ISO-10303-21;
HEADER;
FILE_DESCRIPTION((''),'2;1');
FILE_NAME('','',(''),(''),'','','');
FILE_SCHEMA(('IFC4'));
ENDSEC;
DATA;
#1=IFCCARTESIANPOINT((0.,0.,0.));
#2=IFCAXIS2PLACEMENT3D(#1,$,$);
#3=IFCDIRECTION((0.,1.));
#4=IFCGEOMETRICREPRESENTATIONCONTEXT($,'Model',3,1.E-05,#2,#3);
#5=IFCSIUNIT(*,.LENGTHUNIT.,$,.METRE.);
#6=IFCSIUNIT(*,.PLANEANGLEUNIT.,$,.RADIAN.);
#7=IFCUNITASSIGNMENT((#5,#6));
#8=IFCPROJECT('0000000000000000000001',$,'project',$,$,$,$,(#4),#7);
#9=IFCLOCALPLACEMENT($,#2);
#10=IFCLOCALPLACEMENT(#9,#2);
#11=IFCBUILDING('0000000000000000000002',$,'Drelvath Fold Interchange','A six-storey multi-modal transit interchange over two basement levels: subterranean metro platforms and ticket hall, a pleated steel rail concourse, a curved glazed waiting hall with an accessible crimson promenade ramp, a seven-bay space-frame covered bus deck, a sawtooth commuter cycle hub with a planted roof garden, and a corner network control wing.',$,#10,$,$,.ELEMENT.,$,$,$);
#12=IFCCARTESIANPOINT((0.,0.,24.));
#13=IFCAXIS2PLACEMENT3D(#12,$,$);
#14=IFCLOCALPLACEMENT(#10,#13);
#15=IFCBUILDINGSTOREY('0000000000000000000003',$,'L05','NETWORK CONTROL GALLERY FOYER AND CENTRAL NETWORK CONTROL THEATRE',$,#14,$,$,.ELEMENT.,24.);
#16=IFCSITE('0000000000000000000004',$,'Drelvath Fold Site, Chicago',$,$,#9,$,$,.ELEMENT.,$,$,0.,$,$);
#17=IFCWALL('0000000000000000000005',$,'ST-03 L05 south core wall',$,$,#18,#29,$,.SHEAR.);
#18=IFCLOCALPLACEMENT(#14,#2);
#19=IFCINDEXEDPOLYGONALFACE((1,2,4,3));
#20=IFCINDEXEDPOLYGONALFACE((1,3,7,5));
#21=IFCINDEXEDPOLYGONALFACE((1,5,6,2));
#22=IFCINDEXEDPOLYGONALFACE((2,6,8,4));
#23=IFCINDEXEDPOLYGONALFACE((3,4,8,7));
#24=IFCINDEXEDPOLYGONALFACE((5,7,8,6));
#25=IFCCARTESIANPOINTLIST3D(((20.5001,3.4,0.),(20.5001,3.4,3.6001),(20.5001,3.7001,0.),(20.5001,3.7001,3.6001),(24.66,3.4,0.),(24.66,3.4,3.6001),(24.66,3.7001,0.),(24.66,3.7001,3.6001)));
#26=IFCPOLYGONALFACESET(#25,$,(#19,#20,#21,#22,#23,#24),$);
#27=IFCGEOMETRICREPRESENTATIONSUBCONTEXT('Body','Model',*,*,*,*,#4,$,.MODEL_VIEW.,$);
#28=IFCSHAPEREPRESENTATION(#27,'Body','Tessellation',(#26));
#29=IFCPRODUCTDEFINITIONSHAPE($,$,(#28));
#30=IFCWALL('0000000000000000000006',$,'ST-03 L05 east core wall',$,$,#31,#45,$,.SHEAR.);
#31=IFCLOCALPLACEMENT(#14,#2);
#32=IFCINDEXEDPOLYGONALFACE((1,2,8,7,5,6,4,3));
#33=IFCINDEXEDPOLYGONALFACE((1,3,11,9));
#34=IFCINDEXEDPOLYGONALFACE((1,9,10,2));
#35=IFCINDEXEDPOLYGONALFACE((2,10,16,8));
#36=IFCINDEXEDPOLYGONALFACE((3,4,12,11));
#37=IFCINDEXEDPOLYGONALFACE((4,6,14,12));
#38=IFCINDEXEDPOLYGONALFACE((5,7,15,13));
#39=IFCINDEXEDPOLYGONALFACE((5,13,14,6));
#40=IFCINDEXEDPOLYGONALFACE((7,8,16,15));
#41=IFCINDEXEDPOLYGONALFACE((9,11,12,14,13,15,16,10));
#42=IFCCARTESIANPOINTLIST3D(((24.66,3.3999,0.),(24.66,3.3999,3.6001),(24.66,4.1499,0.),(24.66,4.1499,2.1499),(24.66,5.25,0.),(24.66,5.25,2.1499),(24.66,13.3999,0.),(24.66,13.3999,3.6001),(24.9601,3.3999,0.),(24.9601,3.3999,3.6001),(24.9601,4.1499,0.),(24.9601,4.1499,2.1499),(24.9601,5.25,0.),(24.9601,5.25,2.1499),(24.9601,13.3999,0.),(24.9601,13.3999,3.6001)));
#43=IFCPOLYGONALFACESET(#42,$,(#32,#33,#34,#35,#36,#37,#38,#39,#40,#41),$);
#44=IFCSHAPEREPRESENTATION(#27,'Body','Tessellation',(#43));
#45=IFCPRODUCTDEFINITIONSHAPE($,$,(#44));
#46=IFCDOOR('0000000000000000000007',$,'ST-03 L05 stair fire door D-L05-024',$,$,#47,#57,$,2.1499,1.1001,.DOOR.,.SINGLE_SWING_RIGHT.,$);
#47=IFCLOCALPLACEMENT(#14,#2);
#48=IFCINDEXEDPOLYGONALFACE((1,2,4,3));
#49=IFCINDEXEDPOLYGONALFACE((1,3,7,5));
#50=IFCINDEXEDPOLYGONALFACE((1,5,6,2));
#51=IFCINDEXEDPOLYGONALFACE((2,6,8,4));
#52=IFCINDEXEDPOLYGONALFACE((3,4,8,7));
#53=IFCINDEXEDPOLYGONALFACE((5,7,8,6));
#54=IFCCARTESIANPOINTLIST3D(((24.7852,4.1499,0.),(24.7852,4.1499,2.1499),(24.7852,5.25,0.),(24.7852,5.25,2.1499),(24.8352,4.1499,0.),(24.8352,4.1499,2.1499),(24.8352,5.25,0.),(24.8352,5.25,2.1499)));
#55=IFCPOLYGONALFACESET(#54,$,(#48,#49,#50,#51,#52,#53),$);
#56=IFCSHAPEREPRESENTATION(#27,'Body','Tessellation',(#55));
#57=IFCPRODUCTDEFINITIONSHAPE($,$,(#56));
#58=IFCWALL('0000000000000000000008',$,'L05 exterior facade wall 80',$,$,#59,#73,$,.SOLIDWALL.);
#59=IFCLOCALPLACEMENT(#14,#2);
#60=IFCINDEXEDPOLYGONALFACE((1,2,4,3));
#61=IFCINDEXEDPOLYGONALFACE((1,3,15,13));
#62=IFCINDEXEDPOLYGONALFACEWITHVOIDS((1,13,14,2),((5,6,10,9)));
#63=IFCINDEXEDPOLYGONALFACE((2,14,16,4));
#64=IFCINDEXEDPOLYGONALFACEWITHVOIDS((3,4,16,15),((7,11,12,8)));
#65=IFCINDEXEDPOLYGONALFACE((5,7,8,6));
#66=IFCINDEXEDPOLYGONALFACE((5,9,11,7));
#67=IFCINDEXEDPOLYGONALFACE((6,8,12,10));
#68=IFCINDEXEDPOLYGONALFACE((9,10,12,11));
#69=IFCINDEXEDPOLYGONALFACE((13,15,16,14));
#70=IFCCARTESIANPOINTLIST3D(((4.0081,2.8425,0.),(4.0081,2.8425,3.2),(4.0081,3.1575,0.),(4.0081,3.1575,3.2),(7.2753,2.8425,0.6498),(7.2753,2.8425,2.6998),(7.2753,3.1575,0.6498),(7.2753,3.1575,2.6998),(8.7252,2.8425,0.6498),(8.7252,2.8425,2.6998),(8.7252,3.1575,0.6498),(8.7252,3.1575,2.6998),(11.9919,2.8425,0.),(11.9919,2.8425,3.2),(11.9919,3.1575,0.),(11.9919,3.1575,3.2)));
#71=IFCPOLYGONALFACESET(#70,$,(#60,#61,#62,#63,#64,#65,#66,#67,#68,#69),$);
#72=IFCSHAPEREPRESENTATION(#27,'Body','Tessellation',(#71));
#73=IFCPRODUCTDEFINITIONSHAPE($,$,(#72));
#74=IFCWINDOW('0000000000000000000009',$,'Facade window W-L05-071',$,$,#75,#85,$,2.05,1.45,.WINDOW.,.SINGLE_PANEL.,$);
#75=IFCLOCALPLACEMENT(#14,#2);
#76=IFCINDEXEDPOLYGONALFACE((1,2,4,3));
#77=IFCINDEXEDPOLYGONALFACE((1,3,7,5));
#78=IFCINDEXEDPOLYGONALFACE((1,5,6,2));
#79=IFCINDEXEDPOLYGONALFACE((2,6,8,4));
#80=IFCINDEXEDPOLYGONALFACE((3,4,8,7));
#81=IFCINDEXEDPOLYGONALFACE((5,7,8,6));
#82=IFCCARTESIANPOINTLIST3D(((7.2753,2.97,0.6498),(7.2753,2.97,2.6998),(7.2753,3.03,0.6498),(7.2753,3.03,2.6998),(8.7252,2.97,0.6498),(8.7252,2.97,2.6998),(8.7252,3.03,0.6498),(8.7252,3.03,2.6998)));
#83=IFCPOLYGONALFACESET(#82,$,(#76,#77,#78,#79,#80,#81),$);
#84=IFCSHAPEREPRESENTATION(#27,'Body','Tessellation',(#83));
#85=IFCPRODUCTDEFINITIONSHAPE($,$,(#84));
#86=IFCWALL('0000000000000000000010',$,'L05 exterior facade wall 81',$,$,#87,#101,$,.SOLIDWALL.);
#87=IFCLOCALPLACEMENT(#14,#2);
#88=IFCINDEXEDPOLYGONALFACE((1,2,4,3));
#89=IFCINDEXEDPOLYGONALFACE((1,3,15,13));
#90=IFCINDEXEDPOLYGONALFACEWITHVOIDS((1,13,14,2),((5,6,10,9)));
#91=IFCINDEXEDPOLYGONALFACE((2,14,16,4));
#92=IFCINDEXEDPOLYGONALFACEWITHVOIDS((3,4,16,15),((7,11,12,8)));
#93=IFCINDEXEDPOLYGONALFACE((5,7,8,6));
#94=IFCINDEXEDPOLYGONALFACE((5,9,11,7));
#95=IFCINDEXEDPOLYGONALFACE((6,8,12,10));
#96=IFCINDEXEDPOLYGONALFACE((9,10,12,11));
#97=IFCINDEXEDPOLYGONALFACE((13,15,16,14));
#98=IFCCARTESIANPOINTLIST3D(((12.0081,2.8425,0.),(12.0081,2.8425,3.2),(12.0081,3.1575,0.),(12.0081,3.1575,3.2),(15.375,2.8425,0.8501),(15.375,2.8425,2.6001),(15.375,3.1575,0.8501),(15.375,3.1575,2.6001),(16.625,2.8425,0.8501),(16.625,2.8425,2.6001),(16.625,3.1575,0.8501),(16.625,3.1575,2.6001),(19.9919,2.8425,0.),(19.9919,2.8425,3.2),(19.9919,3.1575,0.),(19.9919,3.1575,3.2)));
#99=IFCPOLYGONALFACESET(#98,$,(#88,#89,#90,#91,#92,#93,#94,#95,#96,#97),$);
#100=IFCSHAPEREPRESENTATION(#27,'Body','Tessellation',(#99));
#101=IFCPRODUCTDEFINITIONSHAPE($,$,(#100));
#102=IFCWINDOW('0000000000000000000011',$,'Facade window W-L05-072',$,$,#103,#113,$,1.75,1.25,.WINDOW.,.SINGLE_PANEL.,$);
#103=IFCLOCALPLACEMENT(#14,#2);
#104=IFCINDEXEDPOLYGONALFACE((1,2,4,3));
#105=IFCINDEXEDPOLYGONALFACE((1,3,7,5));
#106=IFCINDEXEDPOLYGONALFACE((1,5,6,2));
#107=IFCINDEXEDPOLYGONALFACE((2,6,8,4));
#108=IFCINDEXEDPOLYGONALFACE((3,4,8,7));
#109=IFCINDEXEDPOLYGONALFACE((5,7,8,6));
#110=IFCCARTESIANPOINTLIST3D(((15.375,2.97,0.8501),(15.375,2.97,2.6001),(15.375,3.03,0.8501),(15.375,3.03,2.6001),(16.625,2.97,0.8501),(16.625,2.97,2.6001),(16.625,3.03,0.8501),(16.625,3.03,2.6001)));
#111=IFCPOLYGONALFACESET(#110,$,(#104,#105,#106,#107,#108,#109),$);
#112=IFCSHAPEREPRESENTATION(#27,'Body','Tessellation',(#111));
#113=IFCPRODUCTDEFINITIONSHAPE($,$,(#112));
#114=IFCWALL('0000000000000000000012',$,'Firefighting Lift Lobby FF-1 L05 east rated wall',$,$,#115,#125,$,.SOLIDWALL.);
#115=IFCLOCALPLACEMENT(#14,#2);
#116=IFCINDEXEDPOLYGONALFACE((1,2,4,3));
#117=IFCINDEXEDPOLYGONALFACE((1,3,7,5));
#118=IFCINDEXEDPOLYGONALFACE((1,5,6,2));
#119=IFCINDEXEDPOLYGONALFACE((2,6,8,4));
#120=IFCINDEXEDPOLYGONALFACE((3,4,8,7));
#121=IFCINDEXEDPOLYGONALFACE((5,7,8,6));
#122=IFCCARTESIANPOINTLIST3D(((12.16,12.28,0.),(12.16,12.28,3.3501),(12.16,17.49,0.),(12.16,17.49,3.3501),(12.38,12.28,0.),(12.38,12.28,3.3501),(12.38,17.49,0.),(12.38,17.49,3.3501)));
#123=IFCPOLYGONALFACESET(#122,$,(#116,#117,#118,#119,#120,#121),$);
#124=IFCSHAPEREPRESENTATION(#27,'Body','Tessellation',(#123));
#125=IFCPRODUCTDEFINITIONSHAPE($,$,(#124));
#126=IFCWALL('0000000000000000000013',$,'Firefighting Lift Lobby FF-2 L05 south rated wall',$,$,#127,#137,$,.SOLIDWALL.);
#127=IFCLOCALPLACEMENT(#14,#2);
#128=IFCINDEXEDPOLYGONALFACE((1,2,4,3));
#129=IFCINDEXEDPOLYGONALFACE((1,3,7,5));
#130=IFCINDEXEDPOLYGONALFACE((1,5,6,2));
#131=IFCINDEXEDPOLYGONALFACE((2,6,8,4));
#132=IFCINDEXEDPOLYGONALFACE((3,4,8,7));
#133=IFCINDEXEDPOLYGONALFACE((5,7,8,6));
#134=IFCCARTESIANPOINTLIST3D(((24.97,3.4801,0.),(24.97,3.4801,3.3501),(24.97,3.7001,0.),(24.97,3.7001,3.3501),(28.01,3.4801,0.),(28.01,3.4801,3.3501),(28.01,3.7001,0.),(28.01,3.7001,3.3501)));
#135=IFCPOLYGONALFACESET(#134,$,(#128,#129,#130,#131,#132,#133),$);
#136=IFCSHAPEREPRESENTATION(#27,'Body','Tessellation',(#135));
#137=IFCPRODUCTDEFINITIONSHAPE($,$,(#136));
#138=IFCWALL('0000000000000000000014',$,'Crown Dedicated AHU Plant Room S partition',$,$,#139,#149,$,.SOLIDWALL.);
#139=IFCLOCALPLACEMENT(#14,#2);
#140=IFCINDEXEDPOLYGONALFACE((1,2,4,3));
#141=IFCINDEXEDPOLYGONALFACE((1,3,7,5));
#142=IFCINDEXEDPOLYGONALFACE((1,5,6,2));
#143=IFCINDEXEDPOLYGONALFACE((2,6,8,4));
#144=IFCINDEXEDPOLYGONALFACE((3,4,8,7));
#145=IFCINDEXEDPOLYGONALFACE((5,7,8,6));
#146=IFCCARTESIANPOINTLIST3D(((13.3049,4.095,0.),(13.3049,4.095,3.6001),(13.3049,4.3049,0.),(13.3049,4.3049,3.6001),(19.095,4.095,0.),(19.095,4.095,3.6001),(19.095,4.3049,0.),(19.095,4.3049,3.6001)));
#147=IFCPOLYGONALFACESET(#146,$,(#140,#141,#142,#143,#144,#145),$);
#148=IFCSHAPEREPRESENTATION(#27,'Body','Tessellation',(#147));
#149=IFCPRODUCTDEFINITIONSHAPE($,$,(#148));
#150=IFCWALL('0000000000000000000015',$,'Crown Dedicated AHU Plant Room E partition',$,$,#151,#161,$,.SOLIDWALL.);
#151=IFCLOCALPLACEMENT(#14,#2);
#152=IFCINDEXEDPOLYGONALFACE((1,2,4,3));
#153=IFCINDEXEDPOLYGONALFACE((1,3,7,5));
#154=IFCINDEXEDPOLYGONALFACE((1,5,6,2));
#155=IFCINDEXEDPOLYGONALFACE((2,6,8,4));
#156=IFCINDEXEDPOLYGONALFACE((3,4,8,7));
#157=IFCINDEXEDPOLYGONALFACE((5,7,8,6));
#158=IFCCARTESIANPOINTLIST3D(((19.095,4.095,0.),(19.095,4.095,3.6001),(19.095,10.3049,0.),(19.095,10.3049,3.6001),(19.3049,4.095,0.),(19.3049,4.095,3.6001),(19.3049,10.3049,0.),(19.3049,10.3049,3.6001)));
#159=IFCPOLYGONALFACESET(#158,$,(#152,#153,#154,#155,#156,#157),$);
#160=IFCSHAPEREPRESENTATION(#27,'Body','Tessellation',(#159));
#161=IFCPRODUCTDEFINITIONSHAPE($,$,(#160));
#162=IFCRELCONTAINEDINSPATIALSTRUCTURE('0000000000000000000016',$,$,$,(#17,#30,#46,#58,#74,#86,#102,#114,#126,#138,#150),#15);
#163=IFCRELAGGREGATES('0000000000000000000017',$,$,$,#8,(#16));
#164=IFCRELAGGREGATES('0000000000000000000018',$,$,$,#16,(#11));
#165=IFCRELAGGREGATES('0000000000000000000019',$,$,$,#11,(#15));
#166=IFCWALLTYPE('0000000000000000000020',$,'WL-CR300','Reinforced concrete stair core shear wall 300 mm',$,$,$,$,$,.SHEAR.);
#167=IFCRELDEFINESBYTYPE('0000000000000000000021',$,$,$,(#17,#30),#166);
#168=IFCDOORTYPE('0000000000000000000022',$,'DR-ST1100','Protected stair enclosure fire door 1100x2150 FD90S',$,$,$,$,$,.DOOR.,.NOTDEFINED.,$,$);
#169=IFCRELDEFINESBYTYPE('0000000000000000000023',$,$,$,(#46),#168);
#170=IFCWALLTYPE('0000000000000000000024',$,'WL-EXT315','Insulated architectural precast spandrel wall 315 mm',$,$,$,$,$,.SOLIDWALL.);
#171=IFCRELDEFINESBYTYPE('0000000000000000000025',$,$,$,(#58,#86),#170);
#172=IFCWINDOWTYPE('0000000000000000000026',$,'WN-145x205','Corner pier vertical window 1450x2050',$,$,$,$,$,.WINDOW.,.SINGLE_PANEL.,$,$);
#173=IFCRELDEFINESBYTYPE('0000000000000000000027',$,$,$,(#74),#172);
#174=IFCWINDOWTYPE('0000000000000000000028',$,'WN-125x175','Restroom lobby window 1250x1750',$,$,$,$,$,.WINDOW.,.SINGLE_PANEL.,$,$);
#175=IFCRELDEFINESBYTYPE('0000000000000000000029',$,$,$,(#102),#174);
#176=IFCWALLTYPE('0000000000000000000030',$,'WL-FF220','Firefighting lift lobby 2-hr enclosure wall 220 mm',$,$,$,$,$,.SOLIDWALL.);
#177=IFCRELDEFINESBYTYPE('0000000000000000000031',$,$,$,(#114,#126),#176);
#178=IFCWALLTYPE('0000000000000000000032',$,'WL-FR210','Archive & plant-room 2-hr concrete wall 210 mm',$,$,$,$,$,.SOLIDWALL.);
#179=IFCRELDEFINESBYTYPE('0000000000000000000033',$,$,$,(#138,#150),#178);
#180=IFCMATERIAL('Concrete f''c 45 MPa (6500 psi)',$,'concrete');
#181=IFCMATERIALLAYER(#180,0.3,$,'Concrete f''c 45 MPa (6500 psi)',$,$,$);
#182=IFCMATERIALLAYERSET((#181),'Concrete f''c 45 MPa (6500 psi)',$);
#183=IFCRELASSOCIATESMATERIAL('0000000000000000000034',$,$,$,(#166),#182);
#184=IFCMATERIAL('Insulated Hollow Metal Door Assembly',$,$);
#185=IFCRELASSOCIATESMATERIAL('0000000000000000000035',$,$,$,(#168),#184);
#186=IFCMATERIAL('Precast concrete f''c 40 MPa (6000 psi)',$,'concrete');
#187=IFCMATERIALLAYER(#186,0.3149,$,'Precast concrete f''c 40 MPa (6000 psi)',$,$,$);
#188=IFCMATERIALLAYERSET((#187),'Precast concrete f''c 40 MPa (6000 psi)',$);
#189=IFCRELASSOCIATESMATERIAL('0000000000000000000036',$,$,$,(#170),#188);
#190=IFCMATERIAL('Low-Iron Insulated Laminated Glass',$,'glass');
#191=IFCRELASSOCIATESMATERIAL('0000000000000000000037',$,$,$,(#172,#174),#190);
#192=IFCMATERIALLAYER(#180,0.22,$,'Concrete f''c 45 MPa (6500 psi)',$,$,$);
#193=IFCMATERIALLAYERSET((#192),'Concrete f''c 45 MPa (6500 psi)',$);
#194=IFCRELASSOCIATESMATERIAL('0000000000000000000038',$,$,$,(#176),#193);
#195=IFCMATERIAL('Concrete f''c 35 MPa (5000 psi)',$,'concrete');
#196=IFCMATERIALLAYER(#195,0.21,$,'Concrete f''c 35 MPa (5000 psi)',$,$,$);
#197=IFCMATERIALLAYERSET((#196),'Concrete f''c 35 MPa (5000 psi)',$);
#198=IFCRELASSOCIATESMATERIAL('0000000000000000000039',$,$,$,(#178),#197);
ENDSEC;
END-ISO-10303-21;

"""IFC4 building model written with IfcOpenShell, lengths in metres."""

from ifc_helpers import new_model, si_unit, direction, frame, frame_2d, origin, place, context, subcontext, project, spatial, rectangle, extrude, material, layer, layer_set, type_object, element, fill, save


model = new_model("IFC4")

# Units and contexts
model_context = context("Model", 3, precision=1e-05, world=origin(), true_north=direction((0.0, 1.0)))
body_context = subcontext(model_context, "Body", "Model", "MODEL_VIEW")
ifc_project = project(units=[si_unit("LENGTHUNIT", "METRE"), si_unit("PLANEANGLEUNIT", "RADIAN")], contexts=[model_context])

# Site, building, storey
site_placement = place(None, origin())
site = spatial("IfcSite", under=ifc_project, at=site_placement, Name="Drelvath Fold Site, Chicago", CompositionType="ELEMENT", RefElevation=0.0)
building_placement = place(site_placement, origin())
building = spatial("IfcBuilding", under=site, at=building_placement, Name="Drelvath Fold Interchange", Description="A six-storey multi-modal transit interchange over two basement levels: subterranean metro platforms and ticket hall, a pleated steel rail concourse, a curved glazed waiting hall with an accessible crimson promenade ramp, a seven-bay space-frame covered bus deck, a sawtooth commuter cycle hub with a planted roof garden, and a corner network control wing.", CompositionType="ELEMENT")
storey_placement = place(building_placement, frame((0.0, 0.0, 24.0)))
storey = spatial("IfcBuildingStorey", under=building, at=storey_placement, Name="L05", Description="NETWORK CONTROL GALLERY FOYER AND CENTRAL NETWORK CONTROL THEATRE", CompositionType="ELEMENT", Elevation=24.0)

# Shared definitions
ifc_material_1 = material(Name="Low-Iron Insulated Laminated Glass", Category="glass")

# Shared definitions
ifc_material_2 = material(Name="Concrete f'c 45 MPa (6500 psi)", Category="concrete")
ifc_layer_1 = layer(ifc_material_2, 0.3, Name="Concrete f'c 45 MPa (6500 psi)")
ifc_layer_set_1 = layer_set([ifc_layer_1], Name="Concrete f'c 45 MPa (6500 psi)")
wall_type_1 = type_object("IfcWallType", Name="WL-CR300", Description="Reinforced concrete stair core shear wall 300 mm", PredefinedType="SHEAR", material=ifc_layer_set_1)

# Shared definitions
ifc_material_3 = material(Name="Insulated Hollow Metal Door Assembly")
door_type_1 = type_object("IfcDoorType", Name="DR-ST1100", Description="Protected stair enclosure fire door 1100x2150 FD90S", OperationType="NOTDEFINED", PredefinedType="DOOR", material=ifc_material_3)

# Wall
wall_1_placement = place(storey_placement, frame((20.5, 3.55, 0.0), z_axis=(0.0, 0.0, 1.0), x_axis=(1.0, 0.0, 0.0)))
element("IfcWall", 1, at=wall_1_placement, inside=storey, type_object=wall_type_1, Name="ST-03 L05 south core wall", PredefinedType="SHEAR", context=body_context, shape_type="SweptSolid", body=[
    extrude(rectangle(XDim=4.1599, YDim=0.3, at=frame_2d((2.0801, 0.0))), origin(), (0.0, 0.0, 1.0), 3.6001),
])

# Wall, opening, door
wall_2_placement = place(storey_placement, frame((24.8101, 3.3999, 0.0), z_axis=(0.0, 0.0, 1.0), x_axis=(0.0, 1.0, 0.0)))
wall_2 = element("IfcWall", 2, at=wall_2_placement, inside=storey, type_object=wall_type_1, Name="ST-03 L05 east core wall", PredefinedType="SHEAR", context=body_context, shape_type="SweptSolid", body=[
    extrude(rectangle(XDim=10.0, YDim=0.3, at=frame_2d((5.0, 0.0))), origin(), (0.0, 0.0, 1.0), 3.6001),
])
opening_1_placement = place(wall_2_placement, frame((0.75, 0.0, 0.0)))
opening_1 = element("IfcOpeningElement", 3, at=opening_1_placement, cuts=wall_2, PredefinedType="OPENING", context=body_context, shape_type="SweptSolid", body=[
    extrude(rectangle(XDim=1.1001, YDim=2.1499, at=frame_2d((0.55, 1.075))), frame((0.0, 0.1599, 0.0), z_axis=(0.0, -1.0, 0.0), x_axis=(1.0, 0.0, 0.0)), (0.0, 0.0, 1.0), 0.3201),
])
door_1_placement = place(opening_1_placement, origin())
door_1 = element("IfcDoor", 4, at=door_1_placement, inside=storey, type_object=door_type_1, Name="ST-03 L05 stair fire door D-L05-024", OperationType="SINGLE_SWING_RIGHT", OverallHeight=2.1499, OverallWidth=1.1001, PredefinedType="DOOR", context=body_context, shape_type="SweptSolid", body=[
    extrude(rectangle(XDim=1.1001, YDim=2.1499, at=frame_2d((0.55, 1.075))), frame((0.0, 0.0249, 0.0), z_axis=(0.0, -1.0, 0.0), x_axis=(1.0, 0.0, 0.0)), (0.0, 0.0, 1.0), 0.05),
])
fill(opening_1, door_1)

# Walls, openings, windows
ifc_material_4 = material(Name="Precast concrete f'c 40 MPa (6000 psi)", Category="concrete")
ifc_layer_2 = layer(ifc_material_4, 0.3149, Name="Precast concrete f'c 40 MPa (6000 psi)")
ifc_layer_set_2 = layer_set([ifc_layer_2], Name="Precast concrete f'c 40 MPa (6000 psi)")
wall_type_2 = type_object("IfcWallType", Name="WL-EXT315", Description="Insulated architectural precast spandrel wall 315 mm", PredefinedType="SOLIDWALL", material=ifc_layer_set_2)
wall_3_placement = place(storey_placement, frame((4.0081, 3.0, 0.0), z_axis=(0.0, 0.0, 1.0), x_axis=(1.0, 0.0, 0.0)))
wall_3 = element("IfcWall", 5, at=wall_3_placement, inside=storey, type_object=wall_type_2, Name="L05 exterior facade wall 80", PredefinedType="SOLIDWALL", context=body_context, shape_type="SweptSolid", body=[
    extrude(rectangle(XDim=7.9839, YDim=0.3149, at=frame_2d((3.9919, 0.0))), origin(), (0.0, 0.0, 1.0), 3.2),
])
opening_2_placement = place(wall_3_placement, frame((3.2671, 0.0, 0.6499)))
opening_2 = element("IfcOpeningElement", 6, at=opening_2_placement, cuts=wall_3, PredefinedType="OPENING", context=body_context, shape_type="SweptSolid", body=[
    extrude(rectangle(XDim=1.45, YDim=2.05, at=frame_2d((0.7251, 1.0249))), frame((0.0, 0.1675, 0.0), z_axis=(0.0, -1.0, 0.0), x_axis=(1.0, 0.0, 0.0)), (0.0, 0.0, 1.0), 0.335),
])
window_type_1 = type_object("IfcWindowType", Name="WN-145x205", Description="Corner pier vertical window 1450x2050", PartitioningType="SINGLE_PANEL", PredefinedType="WINDOW", material=ifc_material_1)
window_1_placement = place(opening_2_placement, origin())
window_1 = element("IfcWindow", 7, at=window_1_placement, inside=storey, type_object=window_type_1, Name="Facade window W-L05-071", OverallHeight=2.05, OverallWidth=1.45, PartitioningType="SINGLE_PANEL", PredefinedType="WINDOW", context=body_context, shape_type="SweptSolid", body=[
    extrude(rectangle(XDim=1.45, YDim=2.05, at=frame_2d((0.7251, 1.0249))), frame((0.0, 0.03, 0.0), z_axis=(0.0, -1.0, 0.0), x_axis=(1.0, 0.0, 0.0)), (0.0, 0.0, 1.0), 0.0601),
])
fill(opening_2, window_1)
wall_4_placement = place(storey_placement, frame((12.0081, 3.0, 0.0), z_axis=(0.0, 0.0, 1.0), x_axis=(1.0, 0.0, 0.0)))
wall_4 = element("IfcWall", 8, at=wall_4_placement, inside=storey, type_object=wall_type_2, Name="L05 exterior facade wall 81", PredefinedType="SOLIDWALL", context=body_context, shape_type="SweptSolid", body=[
    extrude(rectangle(XDim=7.9839, YDim=0.3149, at=frame_2d((3.9919, 0.0))), origin(), (0.0, 0.0, 1.0), 3.2),
])
opening_3_placement = place(wall_4_placement, frame((3.3669, 0.0, 0.8501)))
opening_3 = element("IfcOpeningElement", 9, at=opening_3_placement, cuts=wall_4, PredefinedType="OPENING", context=body_context, shape_type="SweptSolid", body=[
    extrude(rectangle(XDim=1.25, YDim=1.75, at=frame_2d((0.625, 0.875))), frame((0.0, 0.1675, 0.0), z_axis=(0.0, -1.0, 0.0), x_axis=(1.0, 0.0, 0.0)), (0.0, 0.0, 1.0), 0.335),
])
window_type_2 = type_object("IfcWindowType", Name="WN-125x175", Description="Restroom lobby window 1250x1750", PartitioningType="SINGLE_PANEL", PredefinedType="WINDOW", material=ifc_material_1)
window_2_placement = place(opening_3_placement, origin())
window_2 = element("IfcWindow", 10, at=window_2_placement, inside=storey, type_object=window_type_2, Name="Facade window W-L05-072", OverallHeight=1.75, OverallWidth=1.25, PartitioningType="SINGLE_PANEL", PredefinedType="WINDOW", context=body_context, shape_type="SweptSolid", body=[
    extrude(rectangle(XDim=1.25, YDim=1.75, at=frame_2d((0.625, 0.875))), frame((0.0, 0.03, 0.0), z_axis=(0.0, -1.0, 0.0), x_axis=(1.0, 0.0, 0.0)), (0.0, 0.0, 1.0), 0.0601),
])
fill(opening_3, window_2)

# Walls
ifc_layer_3 = layer(ifc_material_2, 0.22, Name="Concrete f'c 45 MPa (6500 psi)")
ifc_layer_set_3 = layer_set([ifc_layer_3], Name="Concrete f'c 45 MPa (6500 psi)")
wall_type_3 = type_object("IfcWallType", Name="WL-FF220", Description="Firefighting lift lobby 2-hr enclosure wall 220 mm", PredefinedType="SOLIDWALL", material=ifc_layer_set_3)
wall_5_placement = place(storey_placement, frame((12.27, 12.28, 0.0), z_axis=(0.0, 0.0, 1.0), x_axis=(0.0, 1.0, 0.0)))
element("IfcWall", 11, at=wall_5_placement, inside=storey, type_object=wall_type_3, Name="Firefighting Lift Lobby FF-1 L05 east rated wall", PredefinedType="SOLIDWALL", context=body_context, shape_type="SweptSolid", body=[
    extrude(rectangle(XDim=5.21, YDim=0.22, at=frame_2d((2.605, 0.0))), origin(), (0.0, 0.0, 1.0), 3.3501),
])
wall_6_placement = place(storey_placement, frame((24.97, 3.5901, 0.0), z_axis=(0.0, 0.0, 1.0), x_axis=(1.0, 0.0, 0.0)))
element("IfcWall", 12, at=wall_6_placement, inside=storey, type_object=wall_type_3, Name="Firefighting Lift Lobby FF-2 L05 south rated wall", PredefinedType="SOLIDWALL", context=body_context, shape_type="SweptSolid", body=[
    extrude(rectangle(XDim=3.04, YDim=0.22, at=frame_2d((1.52, 0.0))), origin(), (0.0, 0.0, 1.0), 3.3501),
])
ifc_material_5 = material(Name="Concrete f'c 35 MPa (5000 psi)", Category="concrete")
ifc_layer_4 = layer(ifc_material_5, 0.21, Name="Concrete f'c 35 MPa (5000 psi)")
ifc_layer_set_4 = layer_set([ifc_layer_4], Name="Concrete f'c 35 MPa (5000 psi)")
wall_type_4 = type_object("IfcWallType", Name="WL-FR210", Description="Archive & plant-room 2-hr concrete wall 210 mm", PredefinedType="SOLIDWALL", material=ifc_layer_set_4)
wall_7_placement = place(storey_placement, frame((13.3049, 4.2, 0.0), z_axis=(0.0, 0.0, 1.0), x_axis=(1.0, 0.0, 0.0)))
element("IfcWall", 13, at=wall_7_placement, inside=storey, type_object=wall_type_4, Name="Crown Dedicated AHU Plant Room S partition", PredefinedType="SOLIDWALL", context=body_context, shape_type="SweptSolid", body=[
    extrude(rectangle(XDim=5.79, YDim=0.21, at=frame_2d((2.895, 0.0))), origin(), (0.0, 0.0, 1.0), 3.6001),
])
wall_8_placement = place(storey_placement, frame((19.2, 4.095, 0.0), z_axis=(0.0, 0.0, 1.0), x_axis=(0.0, 1.0, 0.0)))
element("IfcWall", 14, at=wall_8_placement, inside=storey, type_object=wall_type_4, Name="Crown Dedicated AHU Plant Room E partition", PredefinedType="SOLIDWALL", context=body_context, shape_type="SweptSolid", body=[
    extrude(rectangle(XDim=6.21, YDim=0.21, at=frame_2d((3.105, 0.0))), origin(), (0.0, 0.0, 1.0), 3.6001),
])

save(model, "model.ifc")
